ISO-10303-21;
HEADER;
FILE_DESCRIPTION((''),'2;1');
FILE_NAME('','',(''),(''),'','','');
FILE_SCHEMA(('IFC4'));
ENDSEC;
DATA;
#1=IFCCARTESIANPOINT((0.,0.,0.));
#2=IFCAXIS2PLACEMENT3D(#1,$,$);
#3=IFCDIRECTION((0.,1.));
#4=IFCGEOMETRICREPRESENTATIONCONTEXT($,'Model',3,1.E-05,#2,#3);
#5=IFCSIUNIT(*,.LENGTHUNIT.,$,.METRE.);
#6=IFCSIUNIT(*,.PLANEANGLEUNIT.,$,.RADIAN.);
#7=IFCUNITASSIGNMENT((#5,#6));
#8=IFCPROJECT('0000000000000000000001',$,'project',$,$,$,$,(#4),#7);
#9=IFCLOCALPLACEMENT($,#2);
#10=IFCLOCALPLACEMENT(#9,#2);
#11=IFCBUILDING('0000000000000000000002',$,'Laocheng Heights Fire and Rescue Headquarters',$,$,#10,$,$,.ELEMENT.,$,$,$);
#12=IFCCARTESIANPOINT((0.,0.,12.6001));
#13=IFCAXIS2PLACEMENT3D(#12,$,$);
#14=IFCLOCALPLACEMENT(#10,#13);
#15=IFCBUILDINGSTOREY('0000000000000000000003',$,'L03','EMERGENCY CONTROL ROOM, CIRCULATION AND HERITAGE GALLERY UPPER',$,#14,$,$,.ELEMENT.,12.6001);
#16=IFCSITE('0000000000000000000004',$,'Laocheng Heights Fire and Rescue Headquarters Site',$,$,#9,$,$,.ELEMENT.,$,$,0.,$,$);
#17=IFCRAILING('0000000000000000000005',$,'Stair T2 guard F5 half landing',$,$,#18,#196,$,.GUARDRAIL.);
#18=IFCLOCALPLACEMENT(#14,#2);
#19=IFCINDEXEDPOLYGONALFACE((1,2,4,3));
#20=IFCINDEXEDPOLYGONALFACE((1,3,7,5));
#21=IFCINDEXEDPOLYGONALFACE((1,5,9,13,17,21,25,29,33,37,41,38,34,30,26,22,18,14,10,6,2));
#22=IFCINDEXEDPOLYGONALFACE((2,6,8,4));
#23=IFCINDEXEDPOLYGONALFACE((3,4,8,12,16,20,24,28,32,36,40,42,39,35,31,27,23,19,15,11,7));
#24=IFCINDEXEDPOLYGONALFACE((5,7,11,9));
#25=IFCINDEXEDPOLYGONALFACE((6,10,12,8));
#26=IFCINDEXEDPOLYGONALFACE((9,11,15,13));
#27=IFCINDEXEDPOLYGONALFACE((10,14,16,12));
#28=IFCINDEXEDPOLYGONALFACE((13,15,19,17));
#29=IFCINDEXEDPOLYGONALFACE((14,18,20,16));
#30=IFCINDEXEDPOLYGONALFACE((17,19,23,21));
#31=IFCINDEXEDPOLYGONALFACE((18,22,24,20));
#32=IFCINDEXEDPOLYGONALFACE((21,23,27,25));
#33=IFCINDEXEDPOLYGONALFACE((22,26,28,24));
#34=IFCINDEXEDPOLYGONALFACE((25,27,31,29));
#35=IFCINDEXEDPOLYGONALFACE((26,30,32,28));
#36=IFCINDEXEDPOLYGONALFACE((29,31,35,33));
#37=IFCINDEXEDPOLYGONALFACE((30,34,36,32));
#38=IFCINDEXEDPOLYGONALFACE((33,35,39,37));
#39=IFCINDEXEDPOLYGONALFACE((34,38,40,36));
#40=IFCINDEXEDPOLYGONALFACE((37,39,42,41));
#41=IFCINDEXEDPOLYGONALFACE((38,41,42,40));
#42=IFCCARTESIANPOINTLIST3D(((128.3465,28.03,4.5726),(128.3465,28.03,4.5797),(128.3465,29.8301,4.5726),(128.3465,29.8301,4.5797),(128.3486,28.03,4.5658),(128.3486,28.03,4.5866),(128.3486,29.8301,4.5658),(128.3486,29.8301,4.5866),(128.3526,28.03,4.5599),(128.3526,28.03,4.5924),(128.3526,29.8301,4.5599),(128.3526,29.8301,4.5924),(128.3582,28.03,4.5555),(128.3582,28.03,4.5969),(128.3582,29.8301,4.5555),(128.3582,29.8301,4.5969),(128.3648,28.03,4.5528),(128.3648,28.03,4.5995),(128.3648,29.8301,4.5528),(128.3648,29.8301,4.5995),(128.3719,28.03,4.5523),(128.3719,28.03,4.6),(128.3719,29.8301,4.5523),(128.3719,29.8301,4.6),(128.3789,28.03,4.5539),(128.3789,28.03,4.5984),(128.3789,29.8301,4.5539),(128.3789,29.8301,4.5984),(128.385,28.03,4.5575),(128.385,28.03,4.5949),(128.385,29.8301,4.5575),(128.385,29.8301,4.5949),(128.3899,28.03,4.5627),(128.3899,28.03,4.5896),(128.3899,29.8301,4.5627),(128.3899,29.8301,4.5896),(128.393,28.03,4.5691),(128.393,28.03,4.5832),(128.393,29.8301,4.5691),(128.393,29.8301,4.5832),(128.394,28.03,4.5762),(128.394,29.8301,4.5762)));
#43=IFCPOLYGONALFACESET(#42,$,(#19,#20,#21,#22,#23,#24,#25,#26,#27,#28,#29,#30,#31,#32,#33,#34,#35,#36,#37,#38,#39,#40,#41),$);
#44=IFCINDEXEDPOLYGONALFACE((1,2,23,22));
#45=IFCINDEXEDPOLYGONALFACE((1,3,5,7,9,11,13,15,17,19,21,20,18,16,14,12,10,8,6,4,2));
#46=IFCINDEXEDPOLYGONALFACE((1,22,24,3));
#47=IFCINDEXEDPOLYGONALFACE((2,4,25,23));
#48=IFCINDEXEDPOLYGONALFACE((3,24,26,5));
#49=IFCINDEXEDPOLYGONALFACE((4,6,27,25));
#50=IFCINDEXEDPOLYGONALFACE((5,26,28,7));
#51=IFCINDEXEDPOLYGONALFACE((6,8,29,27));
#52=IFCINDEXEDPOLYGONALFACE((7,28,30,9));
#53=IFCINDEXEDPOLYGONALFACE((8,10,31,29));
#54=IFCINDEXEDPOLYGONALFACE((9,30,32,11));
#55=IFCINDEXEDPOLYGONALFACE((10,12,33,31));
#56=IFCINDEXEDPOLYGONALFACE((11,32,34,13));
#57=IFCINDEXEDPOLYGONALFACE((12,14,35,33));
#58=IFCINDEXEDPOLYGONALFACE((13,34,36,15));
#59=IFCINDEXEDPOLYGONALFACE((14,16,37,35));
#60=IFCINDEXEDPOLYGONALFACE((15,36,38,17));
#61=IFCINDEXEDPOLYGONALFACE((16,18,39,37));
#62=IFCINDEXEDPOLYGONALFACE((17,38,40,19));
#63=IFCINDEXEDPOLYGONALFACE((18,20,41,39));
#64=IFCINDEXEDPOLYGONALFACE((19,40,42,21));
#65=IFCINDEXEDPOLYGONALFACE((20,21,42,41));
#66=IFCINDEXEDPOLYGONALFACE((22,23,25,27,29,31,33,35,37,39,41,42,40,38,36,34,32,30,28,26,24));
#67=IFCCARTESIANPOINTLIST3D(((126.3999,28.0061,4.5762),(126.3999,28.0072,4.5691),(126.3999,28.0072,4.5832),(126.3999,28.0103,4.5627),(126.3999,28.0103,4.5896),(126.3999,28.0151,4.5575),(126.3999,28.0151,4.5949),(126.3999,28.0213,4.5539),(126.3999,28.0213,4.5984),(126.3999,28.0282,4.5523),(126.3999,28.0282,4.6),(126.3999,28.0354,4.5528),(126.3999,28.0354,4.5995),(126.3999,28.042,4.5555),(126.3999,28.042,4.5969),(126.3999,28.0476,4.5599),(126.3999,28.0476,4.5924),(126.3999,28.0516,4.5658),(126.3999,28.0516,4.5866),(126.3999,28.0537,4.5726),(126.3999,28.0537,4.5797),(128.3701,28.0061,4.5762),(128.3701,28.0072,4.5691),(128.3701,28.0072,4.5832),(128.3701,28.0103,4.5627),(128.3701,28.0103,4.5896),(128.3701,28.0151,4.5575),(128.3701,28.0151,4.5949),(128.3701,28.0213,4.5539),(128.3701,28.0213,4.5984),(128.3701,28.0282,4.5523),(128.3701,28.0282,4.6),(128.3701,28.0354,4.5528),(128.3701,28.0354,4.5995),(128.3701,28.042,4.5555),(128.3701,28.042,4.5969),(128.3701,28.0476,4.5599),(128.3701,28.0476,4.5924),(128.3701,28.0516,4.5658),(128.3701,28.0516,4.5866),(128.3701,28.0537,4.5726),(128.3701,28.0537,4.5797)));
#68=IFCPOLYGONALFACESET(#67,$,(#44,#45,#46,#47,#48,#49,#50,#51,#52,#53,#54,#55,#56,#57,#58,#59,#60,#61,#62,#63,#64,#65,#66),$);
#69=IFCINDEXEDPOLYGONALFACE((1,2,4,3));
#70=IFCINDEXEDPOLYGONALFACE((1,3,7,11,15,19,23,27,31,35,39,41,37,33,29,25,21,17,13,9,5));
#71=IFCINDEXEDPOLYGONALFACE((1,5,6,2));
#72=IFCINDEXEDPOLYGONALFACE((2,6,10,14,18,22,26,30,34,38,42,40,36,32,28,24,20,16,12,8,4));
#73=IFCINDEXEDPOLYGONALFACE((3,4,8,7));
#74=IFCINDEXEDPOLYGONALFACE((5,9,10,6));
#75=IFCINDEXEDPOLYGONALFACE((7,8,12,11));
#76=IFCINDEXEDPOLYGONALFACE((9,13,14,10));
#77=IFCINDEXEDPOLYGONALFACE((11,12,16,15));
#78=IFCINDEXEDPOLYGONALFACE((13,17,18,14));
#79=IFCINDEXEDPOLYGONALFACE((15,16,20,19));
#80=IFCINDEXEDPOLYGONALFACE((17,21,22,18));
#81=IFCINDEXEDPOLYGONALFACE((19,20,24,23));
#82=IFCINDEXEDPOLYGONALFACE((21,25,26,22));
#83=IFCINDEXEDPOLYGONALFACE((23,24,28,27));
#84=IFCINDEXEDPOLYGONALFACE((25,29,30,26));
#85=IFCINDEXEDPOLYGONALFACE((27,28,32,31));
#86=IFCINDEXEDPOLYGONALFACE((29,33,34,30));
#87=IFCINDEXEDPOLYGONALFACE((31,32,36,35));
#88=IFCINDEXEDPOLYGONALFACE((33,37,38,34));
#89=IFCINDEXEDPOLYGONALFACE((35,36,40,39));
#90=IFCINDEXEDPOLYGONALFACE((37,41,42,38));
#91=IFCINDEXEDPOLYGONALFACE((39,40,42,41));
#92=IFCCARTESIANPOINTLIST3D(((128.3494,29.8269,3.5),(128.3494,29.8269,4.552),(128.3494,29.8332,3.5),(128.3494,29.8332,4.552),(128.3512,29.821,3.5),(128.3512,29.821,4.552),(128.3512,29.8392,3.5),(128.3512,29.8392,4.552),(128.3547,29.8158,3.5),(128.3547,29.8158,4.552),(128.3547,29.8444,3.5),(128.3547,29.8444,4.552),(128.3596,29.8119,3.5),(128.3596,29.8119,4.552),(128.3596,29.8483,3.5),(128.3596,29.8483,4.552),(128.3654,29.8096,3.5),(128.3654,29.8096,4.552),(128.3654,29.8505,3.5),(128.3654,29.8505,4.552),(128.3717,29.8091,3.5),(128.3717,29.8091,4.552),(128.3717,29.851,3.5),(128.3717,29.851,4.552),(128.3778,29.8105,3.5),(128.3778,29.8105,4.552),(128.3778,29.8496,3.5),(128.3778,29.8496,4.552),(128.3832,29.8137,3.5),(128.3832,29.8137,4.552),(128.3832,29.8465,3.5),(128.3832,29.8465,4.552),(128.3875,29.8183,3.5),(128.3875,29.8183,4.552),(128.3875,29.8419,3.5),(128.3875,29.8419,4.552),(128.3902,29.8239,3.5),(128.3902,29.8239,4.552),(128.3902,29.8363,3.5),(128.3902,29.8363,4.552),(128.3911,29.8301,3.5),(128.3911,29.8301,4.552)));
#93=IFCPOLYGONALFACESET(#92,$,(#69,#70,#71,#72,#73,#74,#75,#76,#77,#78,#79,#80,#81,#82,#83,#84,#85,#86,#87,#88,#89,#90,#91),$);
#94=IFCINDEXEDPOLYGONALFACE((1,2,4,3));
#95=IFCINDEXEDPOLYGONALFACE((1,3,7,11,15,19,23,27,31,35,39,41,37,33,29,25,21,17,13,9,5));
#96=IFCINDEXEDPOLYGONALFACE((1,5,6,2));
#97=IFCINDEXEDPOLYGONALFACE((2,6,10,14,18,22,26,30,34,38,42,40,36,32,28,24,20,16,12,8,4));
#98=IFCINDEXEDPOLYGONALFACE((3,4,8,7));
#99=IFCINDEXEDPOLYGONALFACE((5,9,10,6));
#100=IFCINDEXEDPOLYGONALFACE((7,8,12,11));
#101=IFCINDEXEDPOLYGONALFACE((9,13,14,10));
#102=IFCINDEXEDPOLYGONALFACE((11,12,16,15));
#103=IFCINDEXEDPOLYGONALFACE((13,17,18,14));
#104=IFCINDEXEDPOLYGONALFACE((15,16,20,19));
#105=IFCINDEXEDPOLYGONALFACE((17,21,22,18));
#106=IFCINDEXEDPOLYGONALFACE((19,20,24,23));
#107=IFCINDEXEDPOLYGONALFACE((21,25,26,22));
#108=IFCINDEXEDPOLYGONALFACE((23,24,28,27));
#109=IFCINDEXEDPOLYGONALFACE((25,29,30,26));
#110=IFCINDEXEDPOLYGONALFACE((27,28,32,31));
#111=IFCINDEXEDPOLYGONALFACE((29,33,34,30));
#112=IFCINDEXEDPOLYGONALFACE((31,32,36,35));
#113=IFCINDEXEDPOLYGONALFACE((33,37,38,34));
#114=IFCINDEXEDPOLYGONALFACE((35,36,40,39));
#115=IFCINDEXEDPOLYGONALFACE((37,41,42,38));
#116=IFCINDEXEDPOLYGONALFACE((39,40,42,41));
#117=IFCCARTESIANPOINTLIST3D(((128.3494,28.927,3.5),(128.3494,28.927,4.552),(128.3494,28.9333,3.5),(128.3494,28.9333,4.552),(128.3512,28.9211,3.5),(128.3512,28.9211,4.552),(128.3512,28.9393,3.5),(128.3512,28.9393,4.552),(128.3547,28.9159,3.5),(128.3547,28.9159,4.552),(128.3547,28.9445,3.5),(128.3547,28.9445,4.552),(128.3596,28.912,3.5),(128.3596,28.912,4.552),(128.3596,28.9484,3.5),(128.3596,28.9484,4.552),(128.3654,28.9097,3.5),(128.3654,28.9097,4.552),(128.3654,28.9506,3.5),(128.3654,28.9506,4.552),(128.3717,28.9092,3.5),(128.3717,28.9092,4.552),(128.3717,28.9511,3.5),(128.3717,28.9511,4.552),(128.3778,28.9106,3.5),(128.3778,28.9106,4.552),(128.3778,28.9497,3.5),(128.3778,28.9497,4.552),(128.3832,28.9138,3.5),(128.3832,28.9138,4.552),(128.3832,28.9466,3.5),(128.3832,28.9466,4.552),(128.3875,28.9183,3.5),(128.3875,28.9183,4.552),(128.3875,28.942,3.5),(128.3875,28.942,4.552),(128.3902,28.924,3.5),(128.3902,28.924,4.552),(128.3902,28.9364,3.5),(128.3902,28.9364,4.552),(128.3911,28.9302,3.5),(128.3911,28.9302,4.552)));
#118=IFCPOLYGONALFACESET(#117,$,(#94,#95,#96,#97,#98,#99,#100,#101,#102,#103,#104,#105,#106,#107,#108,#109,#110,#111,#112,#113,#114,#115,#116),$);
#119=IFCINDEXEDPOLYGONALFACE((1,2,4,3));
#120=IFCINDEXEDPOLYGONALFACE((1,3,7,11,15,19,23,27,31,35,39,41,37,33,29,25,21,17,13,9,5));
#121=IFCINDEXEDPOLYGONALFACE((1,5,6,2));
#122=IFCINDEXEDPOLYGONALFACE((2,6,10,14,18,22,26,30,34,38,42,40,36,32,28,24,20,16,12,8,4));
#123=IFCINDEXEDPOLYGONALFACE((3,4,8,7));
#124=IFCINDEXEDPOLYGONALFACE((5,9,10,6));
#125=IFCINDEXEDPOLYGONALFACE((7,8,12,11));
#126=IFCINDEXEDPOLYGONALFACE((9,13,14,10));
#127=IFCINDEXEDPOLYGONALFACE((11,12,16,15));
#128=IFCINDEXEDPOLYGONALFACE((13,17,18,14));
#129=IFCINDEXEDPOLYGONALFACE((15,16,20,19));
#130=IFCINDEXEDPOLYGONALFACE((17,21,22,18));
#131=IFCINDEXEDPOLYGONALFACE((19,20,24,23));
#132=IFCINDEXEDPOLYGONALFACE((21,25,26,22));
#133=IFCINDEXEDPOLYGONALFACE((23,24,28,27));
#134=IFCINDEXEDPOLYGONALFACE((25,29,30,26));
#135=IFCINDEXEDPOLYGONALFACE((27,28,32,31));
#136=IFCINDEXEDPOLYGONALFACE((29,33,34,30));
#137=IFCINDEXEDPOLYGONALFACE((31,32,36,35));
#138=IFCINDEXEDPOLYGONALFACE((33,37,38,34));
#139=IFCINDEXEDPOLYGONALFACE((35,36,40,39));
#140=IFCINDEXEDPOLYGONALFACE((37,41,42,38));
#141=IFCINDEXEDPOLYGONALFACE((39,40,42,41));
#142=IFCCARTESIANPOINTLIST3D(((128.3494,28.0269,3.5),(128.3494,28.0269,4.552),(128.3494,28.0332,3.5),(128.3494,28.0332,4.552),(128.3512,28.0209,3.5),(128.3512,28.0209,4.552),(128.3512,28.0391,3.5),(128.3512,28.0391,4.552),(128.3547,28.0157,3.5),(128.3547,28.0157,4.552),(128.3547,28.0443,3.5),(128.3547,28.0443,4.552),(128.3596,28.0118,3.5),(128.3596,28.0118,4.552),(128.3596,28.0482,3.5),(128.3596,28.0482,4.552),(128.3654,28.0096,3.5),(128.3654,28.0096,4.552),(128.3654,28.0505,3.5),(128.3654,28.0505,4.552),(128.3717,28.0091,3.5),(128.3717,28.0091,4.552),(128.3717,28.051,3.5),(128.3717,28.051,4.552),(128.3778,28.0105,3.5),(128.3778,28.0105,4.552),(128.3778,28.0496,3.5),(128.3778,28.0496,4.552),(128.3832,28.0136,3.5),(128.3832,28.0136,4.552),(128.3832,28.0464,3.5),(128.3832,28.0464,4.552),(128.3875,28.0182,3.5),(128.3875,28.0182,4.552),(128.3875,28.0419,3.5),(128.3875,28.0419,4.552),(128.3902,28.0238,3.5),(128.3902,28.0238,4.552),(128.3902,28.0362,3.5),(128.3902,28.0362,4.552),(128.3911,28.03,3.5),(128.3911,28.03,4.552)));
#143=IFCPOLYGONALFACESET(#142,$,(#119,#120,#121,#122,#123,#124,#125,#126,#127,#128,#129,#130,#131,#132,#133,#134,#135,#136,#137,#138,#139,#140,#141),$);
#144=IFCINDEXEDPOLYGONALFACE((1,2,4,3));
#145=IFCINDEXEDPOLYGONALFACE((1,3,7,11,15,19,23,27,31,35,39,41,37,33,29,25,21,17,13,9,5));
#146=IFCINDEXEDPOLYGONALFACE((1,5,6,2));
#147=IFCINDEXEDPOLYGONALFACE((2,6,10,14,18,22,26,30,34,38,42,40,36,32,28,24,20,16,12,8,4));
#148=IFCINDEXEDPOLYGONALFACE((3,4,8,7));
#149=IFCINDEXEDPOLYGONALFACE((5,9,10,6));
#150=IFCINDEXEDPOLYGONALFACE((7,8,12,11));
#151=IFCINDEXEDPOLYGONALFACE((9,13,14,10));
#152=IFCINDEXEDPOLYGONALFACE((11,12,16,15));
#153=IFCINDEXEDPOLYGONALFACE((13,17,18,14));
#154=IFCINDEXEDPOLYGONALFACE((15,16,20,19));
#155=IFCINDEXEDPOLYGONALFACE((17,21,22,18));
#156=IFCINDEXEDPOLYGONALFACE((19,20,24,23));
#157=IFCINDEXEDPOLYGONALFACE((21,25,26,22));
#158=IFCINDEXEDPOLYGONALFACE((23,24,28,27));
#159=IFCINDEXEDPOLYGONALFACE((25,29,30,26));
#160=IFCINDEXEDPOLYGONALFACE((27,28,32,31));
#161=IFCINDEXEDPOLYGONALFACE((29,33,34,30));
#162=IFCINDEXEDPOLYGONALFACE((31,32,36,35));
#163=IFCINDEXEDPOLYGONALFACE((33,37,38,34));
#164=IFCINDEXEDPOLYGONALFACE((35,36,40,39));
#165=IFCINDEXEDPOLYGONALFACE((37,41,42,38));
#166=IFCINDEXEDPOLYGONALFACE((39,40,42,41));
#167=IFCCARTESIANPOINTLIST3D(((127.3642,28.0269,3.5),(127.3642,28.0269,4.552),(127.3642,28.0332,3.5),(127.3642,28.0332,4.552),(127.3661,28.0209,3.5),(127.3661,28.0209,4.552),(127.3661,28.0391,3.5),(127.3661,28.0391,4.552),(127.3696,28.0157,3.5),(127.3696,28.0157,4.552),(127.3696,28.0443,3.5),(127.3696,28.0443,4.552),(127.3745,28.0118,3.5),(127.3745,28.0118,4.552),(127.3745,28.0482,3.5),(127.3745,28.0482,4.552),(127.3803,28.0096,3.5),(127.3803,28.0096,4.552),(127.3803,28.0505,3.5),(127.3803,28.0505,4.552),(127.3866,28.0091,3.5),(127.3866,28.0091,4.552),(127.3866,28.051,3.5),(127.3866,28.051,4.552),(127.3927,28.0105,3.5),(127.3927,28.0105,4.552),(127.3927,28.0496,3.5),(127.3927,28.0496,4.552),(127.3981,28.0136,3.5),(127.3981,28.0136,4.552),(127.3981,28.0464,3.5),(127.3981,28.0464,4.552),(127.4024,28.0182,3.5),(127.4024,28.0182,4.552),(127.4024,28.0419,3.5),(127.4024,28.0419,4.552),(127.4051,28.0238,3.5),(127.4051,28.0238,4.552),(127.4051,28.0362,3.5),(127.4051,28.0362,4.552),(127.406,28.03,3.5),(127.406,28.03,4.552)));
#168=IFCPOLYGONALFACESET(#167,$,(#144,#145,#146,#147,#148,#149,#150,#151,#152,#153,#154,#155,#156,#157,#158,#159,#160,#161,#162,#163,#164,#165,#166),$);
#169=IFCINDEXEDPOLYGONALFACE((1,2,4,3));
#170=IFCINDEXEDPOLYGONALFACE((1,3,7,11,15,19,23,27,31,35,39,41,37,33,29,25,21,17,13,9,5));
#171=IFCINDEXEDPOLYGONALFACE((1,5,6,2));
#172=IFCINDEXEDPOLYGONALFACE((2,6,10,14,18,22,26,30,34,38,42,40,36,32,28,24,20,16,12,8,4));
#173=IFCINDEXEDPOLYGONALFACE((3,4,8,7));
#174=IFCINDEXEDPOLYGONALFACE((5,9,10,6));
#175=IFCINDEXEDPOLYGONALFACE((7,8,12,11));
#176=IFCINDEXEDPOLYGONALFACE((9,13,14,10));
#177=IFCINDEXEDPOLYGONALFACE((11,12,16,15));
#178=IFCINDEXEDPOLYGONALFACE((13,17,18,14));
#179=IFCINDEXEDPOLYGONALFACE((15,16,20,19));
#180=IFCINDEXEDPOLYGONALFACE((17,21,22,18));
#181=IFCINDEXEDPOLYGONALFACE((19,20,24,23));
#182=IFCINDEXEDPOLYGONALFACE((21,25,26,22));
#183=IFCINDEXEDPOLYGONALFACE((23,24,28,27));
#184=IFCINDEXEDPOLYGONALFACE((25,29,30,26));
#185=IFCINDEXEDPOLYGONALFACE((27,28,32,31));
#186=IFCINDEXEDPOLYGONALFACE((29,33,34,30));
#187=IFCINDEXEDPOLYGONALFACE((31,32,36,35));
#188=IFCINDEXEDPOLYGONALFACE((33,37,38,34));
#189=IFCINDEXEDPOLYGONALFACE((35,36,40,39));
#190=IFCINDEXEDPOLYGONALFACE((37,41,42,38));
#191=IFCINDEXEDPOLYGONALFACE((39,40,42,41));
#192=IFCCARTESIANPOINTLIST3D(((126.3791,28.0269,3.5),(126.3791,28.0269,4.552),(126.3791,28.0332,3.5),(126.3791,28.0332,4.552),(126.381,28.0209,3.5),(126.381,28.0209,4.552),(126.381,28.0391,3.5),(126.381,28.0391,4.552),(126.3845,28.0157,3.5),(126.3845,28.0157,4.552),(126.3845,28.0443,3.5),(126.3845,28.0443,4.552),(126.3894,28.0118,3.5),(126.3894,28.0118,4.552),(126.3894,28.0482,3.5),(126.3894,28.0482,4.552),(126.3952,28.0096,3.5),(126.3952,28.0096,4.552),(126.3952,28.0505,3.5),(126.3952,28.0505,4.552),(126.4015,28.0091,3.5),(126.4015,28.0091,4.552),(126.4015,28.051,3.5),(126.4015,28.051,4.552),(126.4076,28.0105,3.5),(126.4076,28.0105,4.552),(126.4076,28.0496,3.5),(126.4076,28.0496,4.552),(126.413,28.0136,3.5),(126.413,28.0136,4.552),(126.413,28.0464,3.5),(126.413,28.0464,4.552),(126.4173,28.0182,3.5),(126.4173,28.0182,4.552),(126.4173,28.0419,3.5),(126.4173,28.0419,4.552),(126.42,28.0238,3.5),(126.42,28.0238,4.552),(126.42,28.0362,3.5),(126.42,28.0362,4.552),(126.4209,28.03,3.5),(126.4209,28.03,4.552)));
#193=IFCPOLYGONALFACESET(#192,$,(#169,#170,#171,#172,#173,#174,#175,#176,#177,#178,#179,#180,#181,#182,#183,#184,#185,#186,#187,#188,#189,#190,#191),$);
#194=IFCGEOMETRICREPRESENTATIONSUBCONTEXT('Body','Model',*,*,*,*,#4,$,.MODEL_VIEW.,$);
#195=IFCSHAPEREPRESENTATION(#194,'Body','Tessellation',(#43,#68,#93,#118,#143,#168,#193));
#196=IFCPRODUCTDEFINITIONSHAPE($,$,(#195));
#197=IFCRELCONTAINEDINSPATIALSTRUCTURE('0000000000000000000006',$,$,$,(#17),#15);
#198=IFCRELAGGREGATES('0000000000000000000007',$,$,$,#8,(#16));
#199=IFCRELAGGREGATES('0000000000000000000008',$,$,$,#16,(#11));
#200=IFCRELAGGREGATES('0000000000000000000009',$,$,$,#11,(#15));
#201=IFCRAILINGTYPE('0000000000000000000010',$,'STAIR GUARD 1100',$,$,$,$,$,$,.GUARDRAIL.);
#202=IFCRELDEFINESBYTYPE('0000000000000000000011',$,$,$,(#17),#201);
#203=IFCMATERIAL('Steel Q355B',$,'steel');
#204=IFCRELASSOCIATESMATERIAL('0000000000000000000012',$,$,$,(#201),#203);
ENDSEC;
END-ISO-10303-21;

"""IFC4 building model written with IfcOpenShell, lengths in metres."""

from ifc_helpers import new_model, si_unit, direction, frame, origin, origin_2d, place, context, subcontext, project, spatial, circle, extrude, material, type_object, element, save


model = new_model("IFC4")

# Units and contexts
model_context = context("Model", 3, precision=1e-05, world=origin(), true_north=direction((0.0, 1.0)))
body_context = subcontext(model_context, "Body", "Model", "MODEL_VIEW")
ifc_project = project(units=[si_unit("LENGTHUNIT", "METRE"), si_unit("PLANEANGLEUNIT", "RADIAN")], contexts=[model_context])

# Site, building, storey
site_placement = place(None, origin())
site = spatial("IfcSite", under=ifc_project, at=site_placement, Name="Laocheng Heights Fire and Rescue Headquarters Site", CompositionType="ELEMENT", RefElevation=0.0)
building_placement = place(site_placement, origin())
building = spatial("IfcBuilding", under=site, at=building_placement, Name="Laocheng Heights Fire and Rescue Headquarters", CompositionType="ELEMENT")
storey_placement = place(building_placement, frame((0.0, 0.0, 12.6001)))
storey = spatial("IfcBuildingStorey", under=building, at=storey_placement, Name="L03", Description="EMERGENCY CONTROL ROOM, CIRCULATION AND HERITAGE GALLERY UPPER", CompositionType="ELEMENT", Elevation=12.6001)

# Railing
ifc_material_1 = material(Name="Steel Q355B", Category="steel")
railing_type_1 = type_object("IfcRailingType", Name="STAIR GUARD 1100", PredefinedType="GUARDRAIL", material=ifc_material_1)
railing_1_placement = place(storey_placement, frame((128.3701, 29.8301, 3.5)))
element("IfcRailing", 1, at=railing_1_placement, inside=storey, type_object=railing_type_1, Name="Stair T2 guard F5 half landing", PredefinedType="GUARDRAIL", context=body_context, shape_type="SweptSolid", body=[
    extrude(circle(Radius=0.0239, at=origin_2d()), frame((0.0, 0.0, 1.0762), z_axis=(0.0, -1.0, 0.0), x_axis=(1.0, 0.0, 0.0)), (0.0, 0.0, 1.0), 1.8),
    extrude(circle(Radius=0.0239, at=origin_2d()), frame((0.0, -1.8, 1.0762), z_axis=(-1.0, 0.0, 0.0), x_axis=(0.0, -1.0, 0.0)), (0.0, 0.0, 1.0), 1.9702),
    extrude(circle(Radius=0.021, at=origin_2d()), origin(), (0.0, 0.0, 1.0), 1.052),
    extrude(circle(Radius=0.021, at=origin_2d()), frame((0.0, -0.8999, 0.0)), (0.0, 0.0, 1.0), 1.052),
    extrude(circle(Radius=0.021, at=origin_2d()), frame((0.0, -1.8, 0.0)), (0.0, 0.0, 1.0), 1.052),
    extrude(circle(Radius=0.021, at=origin_2d()), frame((-0.9851, -1.8, 0.0)), (0.0, 0.0, 1.0), 1.052),
    extrude(circle(Radius=0.021, at=origin_2d()), frame((-1.9702, -1.8, 0.0)), (0.0, 0.0, 1.0), 1.052),
])

save(model, "model.ifc")
